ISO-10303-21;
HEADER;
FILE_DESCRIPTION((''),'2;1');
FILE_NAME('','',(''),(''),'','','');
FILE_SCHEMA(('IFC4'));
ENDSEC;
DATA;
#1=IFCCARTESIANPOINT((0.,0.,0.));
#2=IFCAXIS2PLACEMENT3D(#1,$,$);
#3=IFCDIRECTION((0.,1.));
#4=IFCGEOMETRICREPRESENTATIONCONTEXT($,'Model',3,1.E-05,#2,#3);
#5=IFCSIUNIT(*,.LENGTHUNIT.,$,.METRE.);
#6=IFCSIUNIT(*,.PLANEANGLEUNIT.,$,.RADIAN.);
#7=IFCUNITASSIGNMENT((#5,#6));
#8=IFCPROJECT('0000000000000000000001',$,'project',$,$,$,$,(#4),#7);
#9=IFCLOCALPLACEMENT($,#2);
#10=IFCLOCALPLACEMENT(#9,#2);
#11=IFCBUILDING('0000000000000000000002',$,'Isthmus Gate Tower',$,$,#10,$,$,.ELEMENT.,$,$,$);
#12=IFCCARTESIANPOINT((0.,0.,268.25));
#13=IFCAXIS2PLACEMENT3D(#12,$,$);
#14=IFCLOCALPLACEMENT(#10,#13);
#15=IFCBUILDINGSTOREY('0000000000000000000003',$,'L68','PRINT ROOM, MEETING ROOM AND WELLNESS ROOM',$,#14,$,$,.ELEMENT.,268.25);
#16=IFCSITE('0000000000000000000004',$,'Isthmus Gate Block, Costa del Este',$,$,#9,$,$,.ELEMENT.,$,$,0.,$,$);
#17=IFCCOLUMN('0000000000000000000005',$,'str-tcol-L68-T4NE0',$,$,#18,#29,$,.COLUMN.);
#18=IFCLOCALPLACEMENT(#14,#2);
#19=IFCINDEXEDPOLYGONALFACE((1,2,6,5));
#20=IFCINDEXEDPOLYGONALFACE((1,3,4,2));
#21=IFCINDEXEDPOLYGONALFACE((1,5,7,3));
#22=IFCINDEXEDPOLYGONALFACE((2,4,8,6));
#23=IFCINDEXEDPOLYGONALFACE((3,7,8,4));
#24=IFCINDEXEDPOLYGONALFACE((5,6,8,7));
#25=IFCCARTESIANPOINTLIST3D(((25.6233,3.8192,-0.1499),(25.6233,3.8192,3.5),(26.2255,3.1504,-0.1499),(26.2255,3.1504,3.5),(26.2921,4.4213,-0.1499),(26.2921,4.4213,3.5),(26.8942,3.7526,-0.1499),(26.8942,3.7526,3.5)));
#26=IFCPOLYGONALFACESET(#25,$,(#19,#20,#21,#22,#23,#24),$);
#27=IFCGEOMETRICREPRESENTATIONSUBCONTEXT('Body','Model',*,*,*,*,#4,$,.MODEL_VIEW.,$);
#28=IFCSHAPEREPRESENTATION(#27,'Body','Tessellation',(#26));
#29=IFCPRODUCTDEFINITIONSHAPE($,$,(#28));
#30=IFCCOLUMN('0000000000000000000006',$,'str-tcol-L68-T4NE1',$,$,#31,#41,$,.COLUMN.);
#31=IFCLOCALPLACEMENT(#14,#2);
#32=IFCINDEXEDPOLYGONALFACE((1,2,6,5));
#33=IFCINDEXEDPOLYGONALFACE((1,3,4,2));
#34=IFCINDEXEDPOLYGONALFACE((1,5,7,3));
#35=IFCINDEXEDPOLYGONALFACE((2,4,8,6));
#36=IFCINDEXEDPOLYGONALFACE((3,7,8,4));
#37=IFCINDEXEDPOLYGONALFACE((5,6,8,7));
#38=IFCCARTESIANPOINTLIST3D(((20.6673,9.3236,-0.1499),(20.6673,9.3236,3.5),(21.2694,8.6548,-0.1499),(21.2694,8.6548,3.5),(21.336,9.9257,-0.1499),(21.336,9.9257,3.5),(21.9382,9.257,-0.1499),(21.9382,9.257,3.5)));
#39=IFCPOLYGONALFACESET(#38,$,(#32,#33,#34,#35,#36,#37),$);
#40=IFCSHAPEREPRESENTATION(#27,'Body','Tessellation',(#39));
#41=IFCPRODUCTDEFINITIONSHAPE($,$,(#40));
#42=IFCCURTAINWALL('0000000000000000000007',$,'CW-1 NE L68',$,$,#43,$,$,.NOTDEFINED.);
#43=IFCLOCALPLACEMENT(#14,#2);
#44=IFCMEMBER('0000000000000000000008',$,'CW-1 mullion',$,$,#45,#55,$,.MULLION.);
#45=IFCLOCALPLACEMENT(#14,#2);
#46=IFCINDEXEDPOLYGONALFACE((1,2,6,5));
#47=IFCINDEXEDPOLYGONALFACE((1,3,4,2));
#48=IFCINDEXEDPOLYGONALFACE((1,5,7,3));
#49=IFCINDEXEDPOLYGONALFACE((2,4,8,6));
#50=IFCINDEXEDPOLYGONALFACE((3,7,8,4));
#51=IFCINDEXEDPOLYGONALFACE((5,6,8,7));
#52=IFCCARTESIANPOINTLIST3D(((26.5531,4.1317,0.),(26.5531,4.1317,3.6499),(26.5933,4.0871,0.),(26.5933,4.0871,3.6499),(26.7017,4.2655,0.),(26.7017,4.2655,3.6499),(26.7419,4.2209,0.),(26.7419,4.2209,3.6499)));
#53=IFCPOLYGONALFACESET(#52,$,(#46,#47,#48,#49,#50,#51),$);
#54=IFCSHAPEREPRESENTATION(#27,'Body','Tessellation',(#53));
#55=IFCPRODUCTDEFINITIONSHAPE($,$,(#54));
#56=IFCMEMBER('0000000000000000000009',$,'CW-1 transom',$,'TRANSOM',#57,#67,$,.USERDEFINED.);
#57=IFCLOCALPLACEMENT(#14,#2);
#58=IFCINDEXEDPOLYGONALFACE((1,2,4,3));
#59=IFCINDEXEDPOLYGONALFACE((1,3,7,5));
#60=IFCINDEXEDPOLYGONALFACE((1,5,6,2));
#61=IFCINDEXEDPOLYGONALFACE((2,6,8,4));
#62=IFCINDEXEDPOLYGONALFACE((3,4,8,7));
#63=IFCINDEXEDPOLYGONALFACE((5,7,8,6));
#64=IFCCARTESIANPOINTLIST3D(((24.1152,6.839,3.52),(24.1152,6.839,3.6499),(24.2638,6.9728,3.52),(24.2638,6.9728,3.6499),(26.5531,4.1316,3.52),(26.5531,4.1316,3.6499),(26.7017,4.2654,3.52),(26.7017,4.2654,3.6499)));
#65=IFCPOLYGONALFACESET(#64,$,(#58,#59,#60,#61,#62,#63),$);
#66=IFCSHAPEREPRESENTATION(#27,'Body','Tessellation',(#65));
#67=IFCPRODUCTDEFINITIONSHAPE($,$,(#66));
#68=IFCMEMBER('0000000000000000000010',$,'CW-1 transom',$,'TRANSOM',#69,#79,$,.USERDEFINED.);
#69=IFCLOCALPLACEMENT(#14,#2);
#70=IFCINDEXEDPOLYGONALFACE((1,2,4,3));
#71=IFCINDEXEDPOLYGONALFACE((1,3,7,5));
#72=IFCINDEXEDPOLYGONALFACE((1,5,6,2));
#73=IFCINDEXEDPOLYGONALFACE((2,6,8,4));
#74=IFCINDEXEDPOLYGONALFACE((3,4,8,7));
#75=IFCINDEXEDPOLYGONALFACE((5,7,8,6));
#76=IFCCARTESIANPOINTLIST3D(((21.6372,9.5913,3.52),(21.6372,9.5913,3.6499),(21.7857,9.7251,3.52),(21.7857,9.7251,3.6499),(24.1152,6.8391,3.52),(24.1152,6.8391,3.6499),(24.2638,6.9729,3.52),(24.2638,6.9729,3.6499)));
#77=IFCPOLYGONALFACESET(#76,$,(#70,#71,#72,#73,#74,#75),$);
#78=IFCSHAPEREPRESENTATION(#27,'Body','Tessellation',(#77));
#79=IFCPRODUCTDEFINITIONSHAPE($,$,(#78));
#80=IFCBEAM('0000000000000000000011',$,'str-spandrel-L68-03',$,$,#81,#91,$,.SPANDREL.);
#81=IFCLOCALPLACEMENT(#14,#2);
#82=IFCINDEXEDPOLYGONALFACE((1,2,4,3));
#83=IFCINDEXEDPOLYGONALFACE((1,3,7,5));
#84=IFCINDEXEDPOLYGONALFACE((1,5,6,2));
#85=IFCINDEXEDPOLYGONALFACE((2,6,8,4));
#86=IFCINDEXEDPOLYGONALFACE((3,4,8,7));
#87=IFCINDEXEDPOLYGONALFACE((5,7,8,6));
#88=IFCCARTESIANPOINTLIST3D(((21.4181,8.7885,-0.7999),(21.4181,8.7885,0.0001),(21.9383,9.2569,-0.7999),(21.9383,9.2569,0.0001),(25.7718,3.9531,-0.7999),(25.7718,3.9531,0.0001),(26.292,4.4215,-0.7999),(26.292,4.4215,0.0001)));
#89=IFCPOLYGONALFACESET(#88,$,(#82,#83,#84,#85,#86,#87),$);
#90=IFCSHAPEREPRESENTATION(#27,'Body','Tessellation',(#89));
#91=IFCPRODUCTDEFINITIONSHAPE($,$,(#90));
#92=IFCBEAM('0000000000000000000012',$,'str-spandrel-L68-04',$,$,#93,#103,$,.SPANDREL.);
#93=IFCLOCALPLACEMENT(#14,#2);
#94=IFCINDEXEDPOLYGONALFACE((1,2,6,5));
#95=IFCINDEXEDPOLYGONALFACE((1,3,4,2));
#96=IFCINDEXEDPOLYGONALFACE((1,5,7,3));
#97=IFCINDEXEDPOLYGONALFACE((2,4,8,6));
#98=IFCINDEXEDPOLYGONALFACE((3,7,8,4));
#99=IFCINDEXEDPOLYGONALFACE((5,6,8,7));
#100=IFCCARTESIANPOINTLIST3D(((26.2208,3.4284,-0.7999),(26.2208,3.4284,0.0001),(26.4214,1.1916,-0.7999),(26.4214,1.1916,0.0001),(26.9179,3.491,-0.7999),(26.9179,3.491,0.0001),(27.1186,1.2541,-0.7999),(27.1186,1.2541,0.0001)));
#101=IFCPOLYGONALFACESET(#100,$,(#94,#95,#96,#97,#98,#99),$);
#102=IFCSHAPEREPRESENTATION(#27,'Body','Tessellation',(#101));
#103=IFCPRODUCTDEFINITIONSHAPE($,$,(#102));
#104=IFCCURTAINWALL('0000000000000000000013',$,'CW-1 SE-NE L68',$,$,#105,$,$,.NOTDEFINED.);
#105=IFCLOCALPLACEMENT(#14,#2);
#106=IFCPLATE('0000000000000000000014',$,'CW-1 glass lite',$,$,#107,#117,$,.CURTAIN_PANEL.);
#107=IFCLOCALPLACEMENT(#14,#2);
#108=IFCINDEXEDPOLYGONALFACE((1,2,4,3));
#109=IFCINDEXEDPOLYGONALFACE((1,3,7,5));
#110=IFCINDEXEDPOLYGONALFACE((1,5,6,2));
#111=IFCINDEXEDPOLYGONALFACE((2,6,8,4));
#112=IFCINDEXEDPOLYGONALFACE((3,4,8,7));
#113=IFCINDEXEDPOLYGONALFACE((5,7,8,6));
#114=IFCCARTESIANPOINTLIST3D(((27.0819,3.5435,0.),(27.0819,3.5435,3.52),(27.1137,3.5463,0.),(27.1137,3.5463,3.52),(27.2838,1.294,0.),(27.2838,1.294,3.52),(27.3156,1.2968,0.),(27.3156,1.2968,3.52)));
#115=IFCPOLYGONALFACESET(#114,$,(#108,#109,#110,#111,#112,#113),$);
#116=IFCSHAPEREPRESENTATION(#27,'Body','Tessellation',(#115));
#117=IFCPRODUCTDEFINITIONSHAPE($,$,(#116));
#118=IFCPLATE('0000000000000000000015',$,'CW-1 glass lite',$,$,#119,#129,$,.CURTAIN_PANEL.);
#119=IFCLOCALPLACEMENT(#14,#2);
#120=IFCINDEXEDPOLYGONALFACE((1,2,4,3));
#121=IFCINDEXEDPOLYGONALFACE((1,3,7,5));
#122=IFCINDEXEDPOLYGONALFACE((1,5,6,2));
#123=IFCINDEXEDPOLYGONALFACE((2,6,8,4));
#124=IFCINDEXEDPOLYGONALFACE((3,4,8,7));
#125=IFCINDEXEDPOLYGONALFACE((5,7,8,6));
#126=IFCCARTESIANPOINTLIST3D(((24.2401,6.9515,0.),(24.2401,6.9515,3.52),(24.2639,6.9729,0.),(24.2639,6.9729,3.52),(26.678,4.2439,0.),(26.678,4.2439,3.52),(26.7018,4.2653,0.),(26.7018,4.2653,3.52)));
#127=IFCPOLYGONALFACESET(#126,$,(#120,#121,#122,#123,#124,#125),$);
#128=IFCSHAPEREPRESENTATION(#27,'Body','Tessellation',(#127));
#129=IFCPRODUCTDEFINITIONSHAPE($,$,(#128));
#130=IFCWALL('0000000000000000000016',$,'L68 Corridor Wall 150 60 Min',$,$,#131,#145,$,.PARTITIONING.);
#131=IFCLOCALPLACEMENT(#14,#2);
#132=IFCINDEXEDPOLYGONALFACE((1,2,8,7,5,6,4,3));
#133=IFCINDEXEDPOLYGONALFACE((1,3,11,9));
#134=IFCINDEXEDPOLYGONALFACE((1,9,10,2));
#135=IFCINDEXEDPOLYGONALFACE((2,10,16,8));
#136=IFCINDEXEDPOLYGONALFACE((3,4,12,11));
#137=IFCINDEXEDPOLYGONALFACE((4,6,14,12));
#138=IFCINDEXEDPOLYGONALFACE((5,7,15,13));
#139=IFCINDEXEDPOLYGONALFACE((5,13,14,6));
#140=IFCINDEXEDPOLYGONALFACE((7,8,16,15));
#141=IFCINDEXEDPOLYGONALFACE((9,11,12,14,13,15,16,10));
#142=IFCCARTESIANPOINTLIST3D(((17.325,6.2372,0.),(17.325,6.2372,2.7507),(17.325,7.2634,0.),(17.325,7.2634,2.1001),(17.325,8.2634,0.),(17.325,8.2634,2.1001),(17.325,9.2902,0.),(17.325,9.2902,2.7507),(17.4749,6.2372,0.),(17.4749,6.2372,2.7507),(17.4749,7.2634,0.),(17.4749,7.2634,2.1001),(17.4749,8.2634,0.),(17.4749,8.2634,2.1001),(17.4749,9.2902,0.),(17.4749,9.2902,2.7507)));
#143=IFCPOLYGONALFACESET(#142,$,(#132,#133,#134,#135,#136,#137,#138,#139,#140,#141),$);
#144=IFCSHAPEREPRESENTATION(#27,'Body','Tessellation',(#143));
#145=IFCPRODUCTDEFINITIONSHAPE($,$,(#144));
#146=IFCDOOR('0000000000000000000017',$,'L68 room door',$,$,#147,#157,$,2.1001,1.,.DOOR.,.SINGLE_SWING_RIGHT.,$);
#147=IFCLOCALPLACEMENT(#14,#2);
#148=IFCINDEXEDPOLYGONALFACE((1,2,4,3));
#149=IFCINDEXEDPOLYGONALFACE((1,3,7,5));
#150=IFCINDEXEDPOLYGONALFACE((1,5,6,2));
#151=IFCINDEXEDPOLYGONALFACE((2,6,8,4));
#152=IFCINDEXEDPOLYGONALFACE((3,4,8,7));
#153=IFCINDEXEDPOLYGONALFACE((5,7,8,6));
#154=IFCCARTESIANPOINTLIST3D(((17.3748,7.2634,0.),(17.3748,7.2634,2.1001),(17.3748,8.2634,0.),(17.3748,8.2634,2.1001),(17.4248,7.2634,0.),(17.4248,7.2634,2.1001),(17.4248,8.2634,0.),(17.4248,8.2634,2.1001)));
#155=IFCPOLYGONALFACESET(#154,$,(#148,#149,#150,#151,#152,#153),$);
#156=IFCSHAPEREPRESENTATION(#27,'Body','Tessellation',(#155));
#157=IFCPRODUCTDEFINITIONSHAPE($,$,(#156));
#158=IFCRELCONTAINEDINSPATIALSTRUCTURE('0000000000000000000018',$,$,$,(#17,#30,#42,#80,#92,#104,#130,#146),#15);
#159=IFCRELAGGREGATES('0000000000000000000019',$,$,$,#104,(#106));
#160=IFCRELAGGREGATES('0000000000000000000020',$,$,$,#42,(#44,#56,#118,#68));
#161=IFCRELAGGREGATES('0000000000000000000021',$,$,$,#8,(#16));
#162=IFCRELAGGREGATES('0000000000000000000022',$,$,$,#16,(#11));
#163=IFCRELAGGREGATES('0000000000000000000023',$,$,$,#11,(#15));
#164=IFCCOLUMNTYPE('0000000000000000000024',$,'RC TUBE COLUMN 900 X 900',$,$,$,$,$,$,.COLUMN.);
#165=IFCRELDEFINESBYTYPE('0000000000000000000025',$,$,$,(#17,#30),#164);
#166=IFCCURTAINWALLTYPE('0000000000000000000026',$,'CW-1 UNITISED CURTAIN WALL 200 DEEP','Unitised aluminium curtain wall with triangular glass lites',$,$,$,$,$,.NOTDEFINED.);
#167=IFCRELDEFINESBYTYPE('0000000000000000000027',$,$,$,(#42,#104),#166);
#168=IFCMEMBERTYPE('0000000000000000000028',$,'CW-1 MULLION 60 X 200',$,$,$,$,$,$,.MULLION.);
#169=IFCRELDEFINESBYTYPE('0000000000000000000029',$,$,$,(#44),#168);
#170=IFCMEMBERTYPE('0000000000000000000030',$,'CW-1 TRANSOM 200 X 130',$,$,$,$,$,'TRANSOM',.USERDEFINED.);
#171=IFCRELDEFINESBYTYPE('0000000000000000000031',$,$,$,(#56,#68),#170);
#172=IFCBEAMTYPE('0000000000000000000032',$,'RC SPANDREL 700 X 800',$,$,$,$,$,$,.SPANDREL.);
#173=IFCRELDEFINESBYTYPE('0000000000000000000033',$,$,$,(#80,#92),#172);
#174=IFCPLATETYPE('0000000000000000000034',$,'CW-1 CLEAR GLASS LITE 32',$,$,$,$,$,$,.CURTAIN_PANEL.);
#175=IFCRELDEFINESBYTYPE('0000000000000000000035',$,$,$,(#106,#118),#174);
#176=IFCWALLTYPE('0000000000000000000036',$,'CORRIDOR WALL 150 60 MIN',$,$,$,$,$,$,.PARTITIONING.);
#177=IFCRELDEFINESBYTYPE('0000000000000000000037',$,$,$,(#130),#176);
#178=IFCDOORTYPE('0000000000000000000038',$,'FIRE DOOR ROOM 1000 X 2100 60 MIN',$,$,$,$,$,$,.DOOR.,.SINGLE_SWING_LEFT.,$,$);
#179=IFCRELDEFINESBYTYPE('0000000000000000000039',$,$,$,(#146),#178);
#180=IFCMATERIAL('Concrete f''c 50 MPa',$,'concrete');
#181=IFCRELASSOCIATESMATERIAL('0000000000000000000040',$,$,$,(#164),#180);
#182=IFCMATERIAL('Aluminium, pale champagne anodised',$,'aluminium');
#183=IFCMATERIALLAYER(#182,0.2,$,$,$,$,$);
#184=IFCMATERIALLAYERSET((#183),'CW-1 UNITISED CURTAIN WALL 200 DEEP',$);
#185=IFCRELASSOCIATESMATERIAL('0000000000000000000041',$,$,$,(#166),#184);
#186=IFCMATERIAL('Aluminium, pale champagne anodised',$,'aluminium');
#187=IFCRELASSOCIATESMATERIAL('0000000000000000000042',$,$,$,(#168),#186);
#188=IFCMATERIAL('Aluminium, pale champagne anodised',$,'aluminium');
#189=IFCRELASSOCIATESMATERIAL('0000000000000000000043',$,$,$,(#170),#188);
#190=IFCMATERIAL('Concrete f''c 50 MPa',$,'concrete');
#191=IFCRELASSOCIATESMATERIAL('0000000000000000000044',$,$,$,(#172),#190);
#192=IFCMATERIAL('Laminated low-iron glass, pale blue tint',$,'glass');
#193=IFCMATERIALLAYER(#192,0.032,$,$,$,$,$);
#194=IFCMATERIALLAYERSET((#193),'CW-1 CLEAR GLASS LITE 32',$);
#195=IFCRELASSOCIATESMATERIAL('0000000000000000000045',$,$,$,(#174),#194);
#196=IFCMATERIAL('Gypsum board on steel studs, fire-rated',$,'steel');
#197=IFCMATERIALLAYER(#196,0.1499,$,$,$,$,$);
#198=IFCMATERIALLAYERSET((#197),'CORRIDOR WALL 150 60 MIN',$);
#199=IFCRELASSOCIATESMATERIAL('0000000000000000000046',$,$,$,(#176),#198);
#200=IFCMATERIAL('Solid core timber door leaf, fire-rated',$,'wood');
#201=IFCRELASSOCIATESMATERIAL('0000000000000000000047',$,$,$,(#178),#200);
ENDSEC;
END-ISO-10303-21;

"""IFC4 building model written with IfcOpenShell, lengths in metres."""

from ifc_helpers import new_model, si_unit, direction, frame, frame_2d, origin, origin_2d, place, context, subcontext, project, spatial, rectangle, extrude, material, layer, layer_set, material_profile, profile_set, type_object, element, fill, aggregate, save


model = new_model("IFC4")

# Units and contexts
model_context = context("Model", 3, precision=1e-05, world=origin(), true_north=direction((0.0, 1.0)))
body_context = subcontext(model_context, "Body", "Model", "MODEL_VIEW")
ifc_project = project(units=[si_unit("LENGTHUNIT", "METRE"), si_unit("PLANEANGLEUNIT", "RADIAN")], contexts=[model_context])

# Site, building, storey
site_placement = place(None, origin())
site = spatial("IfcSite", under=ifc_project, at=site_placement, Name="Isthmus Gate Block, Costa del Este", CompositionType="ELEMENT", RefElevation=0.0)
building_placement = place(site_placement, origin())
building = spatial("IfcBuilding", under=site, at=building_placement, Name="Isthmus Gate Tower", CompositionType="ELEMENT")
storey_placement = place(building_placement, frame((0.0, 0.0, 268.25)))
storey = spatial("IfcBuildingStorey", under=building, at=storey_placement, Name="L68", Description="PRINT ROOM, MEETING ROOM AND WELLNESS ROOM", CompositionType="ELEMENT", Elevation=268.25)

# Columns
ifc_material_1 = material(Name="Concrete f'c 50 MPa", Category="concrete")
ifc_material_profile_1 = material_profile(ifc_material_1, rectangle(XDim=0.8999, YDim=0.8999, at=origin_2d()), Name="RC 900X900")
ifc_profile_set_1 = profile_set([ifc_material_profile_1], Name="Concrete f'c 50 MPa")
column_type = type_object("IfcColumnType", Name="RC TUBE COLUMN 900 X 900", PredefinedType="COLUMN", material=ifc_profile_set_1)
for number, where, z_axis, x_axis, name in (
    (1, (26.2588, 3.7859, -0.1499), (0.0, 0.0, 1.0), (-0.669131, 0.743145, 0.0), "str-tcol-L68-T4NE0"),
    (2, (21.3027, 9.2903, -0.1499), (0.0, 0.0, 1.0), (-0.669131, 0.743145, 0.0), "str-tcol-L68-T4NE1"),
):
    element("IfcColumn", number, at=place(storey_placement, frame(where, z_axis=z_axis, x_axis=x_axis)), inside=storey, type_object=column_type, Name=name, PredefinedType="COLUMN", context=body_context, shape_type="SweptSolid", body=[
        extrude(rectangle(XDim=0.8999, YDim=0.8999, at=origin_2d()), origin(), (0.0, 0.0, 1.0), 3.6499),
    ])

# Curtain wall, members
ifc_material_2 = material(Name="Aluminium, pale champagne anodised", Category="aluminium")
ifc_layer_1 = layer(ifc_material_2, 0.2)
ifc_layer_set_1 = layer_set([ifc_layer_1], Name="CW-1 UNITISED CURTAIN WALL 200 DEEP")
curtain_wall_type = type_object("IfcCurtainWallType", Name="CW-1 UNITISED CURTAIN WALL 200 DEEP", Description="Unitised aluminium curtain wall with triangular glass lites", PredefinedType="NOTDEFINED", material=ifc_layer_set_1)
curtain_wall_1_placement = place(storey_placement, origin())
curtain_wall_1 = element("IfcCurtainWall", 3, at=curtain_wall_1_placement, inside=storey, type_object=curtain_wall_type, Name="CW-1 NE L68", PredefinedType="NOTDEFINED")
ifc_material_3 = material(Name="Aluminium, pale champagne anodised", Category="aluminium")
ifc_material_profile_2 = material_profile(ifc_material_3, rectangle(XDim=0.0601, YDim=0.2, at=origin_2d()), Name="60x200")
ifc_profile_set_2 = profile_set([ifc_material_profile_2], Name="Aluminium, pale champagne anodised")
member_type_1 = type_object("IfcMemberType", Name="CW-1 MULLION 60 X 200", PredefinedType="MULLION", material=ifc_profile_set_2)
member_1_placement = place(storey_placement, frame((26.6475, 4.1763, 0.0), z_axis=(0.0, 0.0, 1.0), x_axis=(-0.669131, 0.743145, 0.0)))
member_1 = element("IfcMember", 4, at=member_1_placement, type_object=member_type_1, Name="CW-1 mullion", PredefinedType="MULLION", context=body_context, shape_type="SweptSolid", body=[
    extrude(rectangle(XDim=0.0601, YDim=0.2, at=origin_2d()), origin(), (0.0, 0.0, 1.0), 3.6499),
])
ifc_material_4 = material(Name="Aluminium, pale champagne anodised", Category="aluminium")
ifc_material_profile_3 = material_profile(ifc_material_4, rectangle(XDim=0.2, YDim=0.1299, at=origin_2d()), Name="200x130")
ifc_profile_set_3 = profile_set([ifc_material_profile_3], Name="Aluminium, pale champagne anodised")
member_type_2 = type_object("IfcMemberType", Name="CW-1 TRANSOM 200 X 130", ElementType="TRANSOM", PredefinedType="USERDEFINED", material=ifc_profile_set_3)
member_2_placement = place(storey_placement, frame((26.6274, 4.1985, 3.585), z_axis=(-0.66915, 0.743128, 0.0), x_axis=(-0.743128, -0.66915, 0.0)))
member_2 = element("IfcMember", 5, at=member_2_placement, type_object=member_type_2, Name="CW-1 transom", ObjectType="TRANSOM", PredefinedType="USERDEFINED", context=body_context, shape_type="SweptSolid", body=[
    extrude(rectangle(XDim=0.2, YDim=0.1299, at=origin_2d()), origin(), (0.0, 0.0, 1.0), 3.6433),
])
member_3_placement = place(storey_placement, frame((24.1895, 6.906, 3.585), z_axis=(-0.669121, 0.743153, 0.0), x_axis=(-0.743153, -0.669121, 0.0)))
member_3 = element("IfcMember", 6, at=member_3_placement, type_object=member_type_2, Name="CW-1 transom", ObjectType="TRANSOM", PredefinedType="USERDEFINED", context=body_context, shape_type="SweptSolid", body=[
    extrude(rectangle(XDim=0.2, YDim=0.1299, at=origin_2d()), origin(), (0.0, 0.0, 1.0), 3.7034),
])

# Beams
ifc_material_5 = material(Name="Concrete f'c 50 MPa", Category="concrete")
ifc_material_profile_4 = material_profile(ifc_material_5, rectangle(XDim=0.7, YDim=0.8, at=origin_2d()), Name="RC 700X800")
ifc_profile_set_4 = profile_set([ifc_material_profile_4], Name="Concrete f'c 50 MPa")
beam_type = type_object("IfcBeamType", Name="RC SPANDREL 700 X 800", PredefinedType="SPANDREL", material=ifc_profile_set_4)
beam_1_placement = place(storey_placement, frame((21.6782, 9.0227, -0.3999), z_axis=(0.669122, -0.743152, 0.0), x_axis=(0.743152, 0.669122, 0.0)))
element("IfcBeam", 7, at=beam_1_placement, inside=storey, type_object=beam_type, Name="str-spandrel-L68-03", PredefinedType="SPANDREL", context=body_context, shape_type="SweptSolid", body=[
    extrude(rectangle(XDim=0.7, YDim=0.8, at=origin_2d()), origin(), (0.0, 0.0, 1.0), 6.5066),
])
beam_2_placement = place(storey_placement, frame((26.5693, 3.4597, -0.3999), z_axis=(0.089359, -0.995999, 0.0), x_axis=(0.995999, 0.089359, 0.0)))
element("IfcBeam", 8, at=beam_2_placement, inside=storey, type_object=beam_type, Name="str-spandrel-L68-04", PredefinedType="SPANDREL", context=body_context, shape_type="SweptSolid", body=[
    extrude(rectangle(XDim=0.7, YDim=0.8, at=origin_2d()), origin(), (0.0, 0.0, 1.0), 2.2458),
])

# Curtain wall, plate
curtain_wall_2_placement = place(storey_placement, origin())
curtain_wall_2 = element("IfcCurtainWall", 9, at=curtain_wall_2_placement, inside=storey, type_object=curtain_wall_type, Name="CW-1 SE-NE L68", PredefinedType="NOTDEFINED")
ifc_material_6 = material(Name="Laminated low-iron glass, pale blue tint", Category="glass")
ifc_layer_2 = layer(ifc_material_6, 0.032)
ifc_layer_set_2 = layer_set([ifc_layer_2], Name="CW-1 CLEAR GLASS LITE 32")
plate_type = type_object("IfcPlateType", Name="CW-1 CLEAR GLASS LITE 32", PredefinedType="CURTAIN_PANEL", material=ifc_layer_set_2)
plate_1_placement = place(storey_placement, frame((27.1987, 2.4202, 0.0), z_axis=(0.0, 0.0, 1.0), x_axis=(-0.089397, 0.995996, 0.0)))
plate_1 = element("IfcPlate", 10, at=plate_1_placement, type_object=plate_type, Name="CW-1 glass lite", PredefinedType="CURTAIN_PANEL", context=body_context, shape_type="SweptSolid", body=[
    extrude(rectangle(XDim=2.2585, YDim=0.032, at=origin_2d()), origin(), (0.0, 0.0, 1.0), 3.52),
])
aggregate(curtain_wall_2, [plate_1])

# Plate
plate_2_placement = place(storey_placement, frame((25.4709, 5.6084, 0.0), z_axis=(0.0, 0.0, 1.0), x_axis=(-0.669131, 0.743145, 0.0)))
plate_2 = element("IfcPlate", 11, at=plate_2_placement, type_object=plate_type, Name="CW-1 glass lite", PredefinedType="CURTAIN_PANEL", context=body_context, shape_type="SweptSolid", body=[
    extrude(rectangle(XDim=3.6433, YDim=0.032, at=origin_2d()), origin(), (0.0, 0.0, 1.0), 3.52),
])

# Wall, opening, door
ifc_material_7 = material(Name="Gypsum board on steel studs, fire-rated", Category="steel")
ifc_layer_3 = layer(ifc_material_7, 0.1499)
ifc_layer_set_3 = layer_set([ifc_layer_3], Name="CORRIDOR WALL 150 60 MIN")
wall_type_1 = type_object("IfcWallType", Name="CORRIDOR WALL 150 60 MIN", PredefinedType="PARTITIONING", material=ifc_layer_set_3)
wall_1_placement = place(storey_placement, frame((17.3999, 9.29, 0.0), z_axis=(0.0, 0.0, 1.0), x_axis=(0.0, -1.0, 0.0)))
wall_1 = element("IfcWall", 12, at=wall_1_placement, inside=storey, type_object=wall_type_1, Name="L68 Corridor Wall 150 60 Min", PredefinedType="PARTITIONING", context=body_context, shape_type="SweptSolid", body=[
    extrude(rectangle(XDim=3.053, YDim=0.1499, at=frame_2d((1.5264, 0.0))), origin(), (0.0, 0.0, 1.0), 2.7507),
])
opening_1_placement = place(wall_1_placement, frame((1.0266, 0.0, 0.0)))
opening_1 = element("IfcOpeningElement", 13, at=opening_1_placement, cuts=wall_1, PredefinedType="OPENING", context=body_context, shape_type="SweptSolid", body=[
    extrude(rectangle(XDim=1.0, YDim=2.1001, at=frame_2d((0.5, 1.05))), frame((0.0, 0.085, 0.0), z_axis=(0.0, -1.0, 0.0), x_axis=(1.0, 0.0, 0.0)), (0.0, 0.0, 1.0), 0.1699),
])
ifc_material_8 = material(Name="Solid core timber door leaf, fire-rated", Category="wood")
door_type = type_object("IfcDoorType", Name="FIRE DOOR ROOM 1000 X 2100 60 MIN", OperationType="SINGLE_SWING_LEFT", PredefinedType="DOOR", material=ifc_material_8)
door_1_placement = place(opening_1_placement, origin())
door_1 = element("IfcDoor", 14, at=door_1_placement, inside=storey, type_object=door_type, Name="L68 room door", OperationType="SINGLE_SWING_RIGHT", OverallHeight=2.1001, OverallWidth=1.0, PredefinedType="DOOR", context=body_context, shape_type="SweptSolid", body=[
    extrude(rectangle(XDim=1.0, YDim=2.1001, at=frame_2d((0.5, 1.05))), frame((0.0, 0.0249, 0.0), z_axis=(0.0, -1.0, 0.0), x_axis=(1.0, 0.0, 0.0)), (0.0, 0.0, 1.0), 0.05),
])
fill(opening_1, door_1)

aggregate(curtain_wall_1, [member_1, member_2, plate_2, member_3])

save(model, "model.ifc")
